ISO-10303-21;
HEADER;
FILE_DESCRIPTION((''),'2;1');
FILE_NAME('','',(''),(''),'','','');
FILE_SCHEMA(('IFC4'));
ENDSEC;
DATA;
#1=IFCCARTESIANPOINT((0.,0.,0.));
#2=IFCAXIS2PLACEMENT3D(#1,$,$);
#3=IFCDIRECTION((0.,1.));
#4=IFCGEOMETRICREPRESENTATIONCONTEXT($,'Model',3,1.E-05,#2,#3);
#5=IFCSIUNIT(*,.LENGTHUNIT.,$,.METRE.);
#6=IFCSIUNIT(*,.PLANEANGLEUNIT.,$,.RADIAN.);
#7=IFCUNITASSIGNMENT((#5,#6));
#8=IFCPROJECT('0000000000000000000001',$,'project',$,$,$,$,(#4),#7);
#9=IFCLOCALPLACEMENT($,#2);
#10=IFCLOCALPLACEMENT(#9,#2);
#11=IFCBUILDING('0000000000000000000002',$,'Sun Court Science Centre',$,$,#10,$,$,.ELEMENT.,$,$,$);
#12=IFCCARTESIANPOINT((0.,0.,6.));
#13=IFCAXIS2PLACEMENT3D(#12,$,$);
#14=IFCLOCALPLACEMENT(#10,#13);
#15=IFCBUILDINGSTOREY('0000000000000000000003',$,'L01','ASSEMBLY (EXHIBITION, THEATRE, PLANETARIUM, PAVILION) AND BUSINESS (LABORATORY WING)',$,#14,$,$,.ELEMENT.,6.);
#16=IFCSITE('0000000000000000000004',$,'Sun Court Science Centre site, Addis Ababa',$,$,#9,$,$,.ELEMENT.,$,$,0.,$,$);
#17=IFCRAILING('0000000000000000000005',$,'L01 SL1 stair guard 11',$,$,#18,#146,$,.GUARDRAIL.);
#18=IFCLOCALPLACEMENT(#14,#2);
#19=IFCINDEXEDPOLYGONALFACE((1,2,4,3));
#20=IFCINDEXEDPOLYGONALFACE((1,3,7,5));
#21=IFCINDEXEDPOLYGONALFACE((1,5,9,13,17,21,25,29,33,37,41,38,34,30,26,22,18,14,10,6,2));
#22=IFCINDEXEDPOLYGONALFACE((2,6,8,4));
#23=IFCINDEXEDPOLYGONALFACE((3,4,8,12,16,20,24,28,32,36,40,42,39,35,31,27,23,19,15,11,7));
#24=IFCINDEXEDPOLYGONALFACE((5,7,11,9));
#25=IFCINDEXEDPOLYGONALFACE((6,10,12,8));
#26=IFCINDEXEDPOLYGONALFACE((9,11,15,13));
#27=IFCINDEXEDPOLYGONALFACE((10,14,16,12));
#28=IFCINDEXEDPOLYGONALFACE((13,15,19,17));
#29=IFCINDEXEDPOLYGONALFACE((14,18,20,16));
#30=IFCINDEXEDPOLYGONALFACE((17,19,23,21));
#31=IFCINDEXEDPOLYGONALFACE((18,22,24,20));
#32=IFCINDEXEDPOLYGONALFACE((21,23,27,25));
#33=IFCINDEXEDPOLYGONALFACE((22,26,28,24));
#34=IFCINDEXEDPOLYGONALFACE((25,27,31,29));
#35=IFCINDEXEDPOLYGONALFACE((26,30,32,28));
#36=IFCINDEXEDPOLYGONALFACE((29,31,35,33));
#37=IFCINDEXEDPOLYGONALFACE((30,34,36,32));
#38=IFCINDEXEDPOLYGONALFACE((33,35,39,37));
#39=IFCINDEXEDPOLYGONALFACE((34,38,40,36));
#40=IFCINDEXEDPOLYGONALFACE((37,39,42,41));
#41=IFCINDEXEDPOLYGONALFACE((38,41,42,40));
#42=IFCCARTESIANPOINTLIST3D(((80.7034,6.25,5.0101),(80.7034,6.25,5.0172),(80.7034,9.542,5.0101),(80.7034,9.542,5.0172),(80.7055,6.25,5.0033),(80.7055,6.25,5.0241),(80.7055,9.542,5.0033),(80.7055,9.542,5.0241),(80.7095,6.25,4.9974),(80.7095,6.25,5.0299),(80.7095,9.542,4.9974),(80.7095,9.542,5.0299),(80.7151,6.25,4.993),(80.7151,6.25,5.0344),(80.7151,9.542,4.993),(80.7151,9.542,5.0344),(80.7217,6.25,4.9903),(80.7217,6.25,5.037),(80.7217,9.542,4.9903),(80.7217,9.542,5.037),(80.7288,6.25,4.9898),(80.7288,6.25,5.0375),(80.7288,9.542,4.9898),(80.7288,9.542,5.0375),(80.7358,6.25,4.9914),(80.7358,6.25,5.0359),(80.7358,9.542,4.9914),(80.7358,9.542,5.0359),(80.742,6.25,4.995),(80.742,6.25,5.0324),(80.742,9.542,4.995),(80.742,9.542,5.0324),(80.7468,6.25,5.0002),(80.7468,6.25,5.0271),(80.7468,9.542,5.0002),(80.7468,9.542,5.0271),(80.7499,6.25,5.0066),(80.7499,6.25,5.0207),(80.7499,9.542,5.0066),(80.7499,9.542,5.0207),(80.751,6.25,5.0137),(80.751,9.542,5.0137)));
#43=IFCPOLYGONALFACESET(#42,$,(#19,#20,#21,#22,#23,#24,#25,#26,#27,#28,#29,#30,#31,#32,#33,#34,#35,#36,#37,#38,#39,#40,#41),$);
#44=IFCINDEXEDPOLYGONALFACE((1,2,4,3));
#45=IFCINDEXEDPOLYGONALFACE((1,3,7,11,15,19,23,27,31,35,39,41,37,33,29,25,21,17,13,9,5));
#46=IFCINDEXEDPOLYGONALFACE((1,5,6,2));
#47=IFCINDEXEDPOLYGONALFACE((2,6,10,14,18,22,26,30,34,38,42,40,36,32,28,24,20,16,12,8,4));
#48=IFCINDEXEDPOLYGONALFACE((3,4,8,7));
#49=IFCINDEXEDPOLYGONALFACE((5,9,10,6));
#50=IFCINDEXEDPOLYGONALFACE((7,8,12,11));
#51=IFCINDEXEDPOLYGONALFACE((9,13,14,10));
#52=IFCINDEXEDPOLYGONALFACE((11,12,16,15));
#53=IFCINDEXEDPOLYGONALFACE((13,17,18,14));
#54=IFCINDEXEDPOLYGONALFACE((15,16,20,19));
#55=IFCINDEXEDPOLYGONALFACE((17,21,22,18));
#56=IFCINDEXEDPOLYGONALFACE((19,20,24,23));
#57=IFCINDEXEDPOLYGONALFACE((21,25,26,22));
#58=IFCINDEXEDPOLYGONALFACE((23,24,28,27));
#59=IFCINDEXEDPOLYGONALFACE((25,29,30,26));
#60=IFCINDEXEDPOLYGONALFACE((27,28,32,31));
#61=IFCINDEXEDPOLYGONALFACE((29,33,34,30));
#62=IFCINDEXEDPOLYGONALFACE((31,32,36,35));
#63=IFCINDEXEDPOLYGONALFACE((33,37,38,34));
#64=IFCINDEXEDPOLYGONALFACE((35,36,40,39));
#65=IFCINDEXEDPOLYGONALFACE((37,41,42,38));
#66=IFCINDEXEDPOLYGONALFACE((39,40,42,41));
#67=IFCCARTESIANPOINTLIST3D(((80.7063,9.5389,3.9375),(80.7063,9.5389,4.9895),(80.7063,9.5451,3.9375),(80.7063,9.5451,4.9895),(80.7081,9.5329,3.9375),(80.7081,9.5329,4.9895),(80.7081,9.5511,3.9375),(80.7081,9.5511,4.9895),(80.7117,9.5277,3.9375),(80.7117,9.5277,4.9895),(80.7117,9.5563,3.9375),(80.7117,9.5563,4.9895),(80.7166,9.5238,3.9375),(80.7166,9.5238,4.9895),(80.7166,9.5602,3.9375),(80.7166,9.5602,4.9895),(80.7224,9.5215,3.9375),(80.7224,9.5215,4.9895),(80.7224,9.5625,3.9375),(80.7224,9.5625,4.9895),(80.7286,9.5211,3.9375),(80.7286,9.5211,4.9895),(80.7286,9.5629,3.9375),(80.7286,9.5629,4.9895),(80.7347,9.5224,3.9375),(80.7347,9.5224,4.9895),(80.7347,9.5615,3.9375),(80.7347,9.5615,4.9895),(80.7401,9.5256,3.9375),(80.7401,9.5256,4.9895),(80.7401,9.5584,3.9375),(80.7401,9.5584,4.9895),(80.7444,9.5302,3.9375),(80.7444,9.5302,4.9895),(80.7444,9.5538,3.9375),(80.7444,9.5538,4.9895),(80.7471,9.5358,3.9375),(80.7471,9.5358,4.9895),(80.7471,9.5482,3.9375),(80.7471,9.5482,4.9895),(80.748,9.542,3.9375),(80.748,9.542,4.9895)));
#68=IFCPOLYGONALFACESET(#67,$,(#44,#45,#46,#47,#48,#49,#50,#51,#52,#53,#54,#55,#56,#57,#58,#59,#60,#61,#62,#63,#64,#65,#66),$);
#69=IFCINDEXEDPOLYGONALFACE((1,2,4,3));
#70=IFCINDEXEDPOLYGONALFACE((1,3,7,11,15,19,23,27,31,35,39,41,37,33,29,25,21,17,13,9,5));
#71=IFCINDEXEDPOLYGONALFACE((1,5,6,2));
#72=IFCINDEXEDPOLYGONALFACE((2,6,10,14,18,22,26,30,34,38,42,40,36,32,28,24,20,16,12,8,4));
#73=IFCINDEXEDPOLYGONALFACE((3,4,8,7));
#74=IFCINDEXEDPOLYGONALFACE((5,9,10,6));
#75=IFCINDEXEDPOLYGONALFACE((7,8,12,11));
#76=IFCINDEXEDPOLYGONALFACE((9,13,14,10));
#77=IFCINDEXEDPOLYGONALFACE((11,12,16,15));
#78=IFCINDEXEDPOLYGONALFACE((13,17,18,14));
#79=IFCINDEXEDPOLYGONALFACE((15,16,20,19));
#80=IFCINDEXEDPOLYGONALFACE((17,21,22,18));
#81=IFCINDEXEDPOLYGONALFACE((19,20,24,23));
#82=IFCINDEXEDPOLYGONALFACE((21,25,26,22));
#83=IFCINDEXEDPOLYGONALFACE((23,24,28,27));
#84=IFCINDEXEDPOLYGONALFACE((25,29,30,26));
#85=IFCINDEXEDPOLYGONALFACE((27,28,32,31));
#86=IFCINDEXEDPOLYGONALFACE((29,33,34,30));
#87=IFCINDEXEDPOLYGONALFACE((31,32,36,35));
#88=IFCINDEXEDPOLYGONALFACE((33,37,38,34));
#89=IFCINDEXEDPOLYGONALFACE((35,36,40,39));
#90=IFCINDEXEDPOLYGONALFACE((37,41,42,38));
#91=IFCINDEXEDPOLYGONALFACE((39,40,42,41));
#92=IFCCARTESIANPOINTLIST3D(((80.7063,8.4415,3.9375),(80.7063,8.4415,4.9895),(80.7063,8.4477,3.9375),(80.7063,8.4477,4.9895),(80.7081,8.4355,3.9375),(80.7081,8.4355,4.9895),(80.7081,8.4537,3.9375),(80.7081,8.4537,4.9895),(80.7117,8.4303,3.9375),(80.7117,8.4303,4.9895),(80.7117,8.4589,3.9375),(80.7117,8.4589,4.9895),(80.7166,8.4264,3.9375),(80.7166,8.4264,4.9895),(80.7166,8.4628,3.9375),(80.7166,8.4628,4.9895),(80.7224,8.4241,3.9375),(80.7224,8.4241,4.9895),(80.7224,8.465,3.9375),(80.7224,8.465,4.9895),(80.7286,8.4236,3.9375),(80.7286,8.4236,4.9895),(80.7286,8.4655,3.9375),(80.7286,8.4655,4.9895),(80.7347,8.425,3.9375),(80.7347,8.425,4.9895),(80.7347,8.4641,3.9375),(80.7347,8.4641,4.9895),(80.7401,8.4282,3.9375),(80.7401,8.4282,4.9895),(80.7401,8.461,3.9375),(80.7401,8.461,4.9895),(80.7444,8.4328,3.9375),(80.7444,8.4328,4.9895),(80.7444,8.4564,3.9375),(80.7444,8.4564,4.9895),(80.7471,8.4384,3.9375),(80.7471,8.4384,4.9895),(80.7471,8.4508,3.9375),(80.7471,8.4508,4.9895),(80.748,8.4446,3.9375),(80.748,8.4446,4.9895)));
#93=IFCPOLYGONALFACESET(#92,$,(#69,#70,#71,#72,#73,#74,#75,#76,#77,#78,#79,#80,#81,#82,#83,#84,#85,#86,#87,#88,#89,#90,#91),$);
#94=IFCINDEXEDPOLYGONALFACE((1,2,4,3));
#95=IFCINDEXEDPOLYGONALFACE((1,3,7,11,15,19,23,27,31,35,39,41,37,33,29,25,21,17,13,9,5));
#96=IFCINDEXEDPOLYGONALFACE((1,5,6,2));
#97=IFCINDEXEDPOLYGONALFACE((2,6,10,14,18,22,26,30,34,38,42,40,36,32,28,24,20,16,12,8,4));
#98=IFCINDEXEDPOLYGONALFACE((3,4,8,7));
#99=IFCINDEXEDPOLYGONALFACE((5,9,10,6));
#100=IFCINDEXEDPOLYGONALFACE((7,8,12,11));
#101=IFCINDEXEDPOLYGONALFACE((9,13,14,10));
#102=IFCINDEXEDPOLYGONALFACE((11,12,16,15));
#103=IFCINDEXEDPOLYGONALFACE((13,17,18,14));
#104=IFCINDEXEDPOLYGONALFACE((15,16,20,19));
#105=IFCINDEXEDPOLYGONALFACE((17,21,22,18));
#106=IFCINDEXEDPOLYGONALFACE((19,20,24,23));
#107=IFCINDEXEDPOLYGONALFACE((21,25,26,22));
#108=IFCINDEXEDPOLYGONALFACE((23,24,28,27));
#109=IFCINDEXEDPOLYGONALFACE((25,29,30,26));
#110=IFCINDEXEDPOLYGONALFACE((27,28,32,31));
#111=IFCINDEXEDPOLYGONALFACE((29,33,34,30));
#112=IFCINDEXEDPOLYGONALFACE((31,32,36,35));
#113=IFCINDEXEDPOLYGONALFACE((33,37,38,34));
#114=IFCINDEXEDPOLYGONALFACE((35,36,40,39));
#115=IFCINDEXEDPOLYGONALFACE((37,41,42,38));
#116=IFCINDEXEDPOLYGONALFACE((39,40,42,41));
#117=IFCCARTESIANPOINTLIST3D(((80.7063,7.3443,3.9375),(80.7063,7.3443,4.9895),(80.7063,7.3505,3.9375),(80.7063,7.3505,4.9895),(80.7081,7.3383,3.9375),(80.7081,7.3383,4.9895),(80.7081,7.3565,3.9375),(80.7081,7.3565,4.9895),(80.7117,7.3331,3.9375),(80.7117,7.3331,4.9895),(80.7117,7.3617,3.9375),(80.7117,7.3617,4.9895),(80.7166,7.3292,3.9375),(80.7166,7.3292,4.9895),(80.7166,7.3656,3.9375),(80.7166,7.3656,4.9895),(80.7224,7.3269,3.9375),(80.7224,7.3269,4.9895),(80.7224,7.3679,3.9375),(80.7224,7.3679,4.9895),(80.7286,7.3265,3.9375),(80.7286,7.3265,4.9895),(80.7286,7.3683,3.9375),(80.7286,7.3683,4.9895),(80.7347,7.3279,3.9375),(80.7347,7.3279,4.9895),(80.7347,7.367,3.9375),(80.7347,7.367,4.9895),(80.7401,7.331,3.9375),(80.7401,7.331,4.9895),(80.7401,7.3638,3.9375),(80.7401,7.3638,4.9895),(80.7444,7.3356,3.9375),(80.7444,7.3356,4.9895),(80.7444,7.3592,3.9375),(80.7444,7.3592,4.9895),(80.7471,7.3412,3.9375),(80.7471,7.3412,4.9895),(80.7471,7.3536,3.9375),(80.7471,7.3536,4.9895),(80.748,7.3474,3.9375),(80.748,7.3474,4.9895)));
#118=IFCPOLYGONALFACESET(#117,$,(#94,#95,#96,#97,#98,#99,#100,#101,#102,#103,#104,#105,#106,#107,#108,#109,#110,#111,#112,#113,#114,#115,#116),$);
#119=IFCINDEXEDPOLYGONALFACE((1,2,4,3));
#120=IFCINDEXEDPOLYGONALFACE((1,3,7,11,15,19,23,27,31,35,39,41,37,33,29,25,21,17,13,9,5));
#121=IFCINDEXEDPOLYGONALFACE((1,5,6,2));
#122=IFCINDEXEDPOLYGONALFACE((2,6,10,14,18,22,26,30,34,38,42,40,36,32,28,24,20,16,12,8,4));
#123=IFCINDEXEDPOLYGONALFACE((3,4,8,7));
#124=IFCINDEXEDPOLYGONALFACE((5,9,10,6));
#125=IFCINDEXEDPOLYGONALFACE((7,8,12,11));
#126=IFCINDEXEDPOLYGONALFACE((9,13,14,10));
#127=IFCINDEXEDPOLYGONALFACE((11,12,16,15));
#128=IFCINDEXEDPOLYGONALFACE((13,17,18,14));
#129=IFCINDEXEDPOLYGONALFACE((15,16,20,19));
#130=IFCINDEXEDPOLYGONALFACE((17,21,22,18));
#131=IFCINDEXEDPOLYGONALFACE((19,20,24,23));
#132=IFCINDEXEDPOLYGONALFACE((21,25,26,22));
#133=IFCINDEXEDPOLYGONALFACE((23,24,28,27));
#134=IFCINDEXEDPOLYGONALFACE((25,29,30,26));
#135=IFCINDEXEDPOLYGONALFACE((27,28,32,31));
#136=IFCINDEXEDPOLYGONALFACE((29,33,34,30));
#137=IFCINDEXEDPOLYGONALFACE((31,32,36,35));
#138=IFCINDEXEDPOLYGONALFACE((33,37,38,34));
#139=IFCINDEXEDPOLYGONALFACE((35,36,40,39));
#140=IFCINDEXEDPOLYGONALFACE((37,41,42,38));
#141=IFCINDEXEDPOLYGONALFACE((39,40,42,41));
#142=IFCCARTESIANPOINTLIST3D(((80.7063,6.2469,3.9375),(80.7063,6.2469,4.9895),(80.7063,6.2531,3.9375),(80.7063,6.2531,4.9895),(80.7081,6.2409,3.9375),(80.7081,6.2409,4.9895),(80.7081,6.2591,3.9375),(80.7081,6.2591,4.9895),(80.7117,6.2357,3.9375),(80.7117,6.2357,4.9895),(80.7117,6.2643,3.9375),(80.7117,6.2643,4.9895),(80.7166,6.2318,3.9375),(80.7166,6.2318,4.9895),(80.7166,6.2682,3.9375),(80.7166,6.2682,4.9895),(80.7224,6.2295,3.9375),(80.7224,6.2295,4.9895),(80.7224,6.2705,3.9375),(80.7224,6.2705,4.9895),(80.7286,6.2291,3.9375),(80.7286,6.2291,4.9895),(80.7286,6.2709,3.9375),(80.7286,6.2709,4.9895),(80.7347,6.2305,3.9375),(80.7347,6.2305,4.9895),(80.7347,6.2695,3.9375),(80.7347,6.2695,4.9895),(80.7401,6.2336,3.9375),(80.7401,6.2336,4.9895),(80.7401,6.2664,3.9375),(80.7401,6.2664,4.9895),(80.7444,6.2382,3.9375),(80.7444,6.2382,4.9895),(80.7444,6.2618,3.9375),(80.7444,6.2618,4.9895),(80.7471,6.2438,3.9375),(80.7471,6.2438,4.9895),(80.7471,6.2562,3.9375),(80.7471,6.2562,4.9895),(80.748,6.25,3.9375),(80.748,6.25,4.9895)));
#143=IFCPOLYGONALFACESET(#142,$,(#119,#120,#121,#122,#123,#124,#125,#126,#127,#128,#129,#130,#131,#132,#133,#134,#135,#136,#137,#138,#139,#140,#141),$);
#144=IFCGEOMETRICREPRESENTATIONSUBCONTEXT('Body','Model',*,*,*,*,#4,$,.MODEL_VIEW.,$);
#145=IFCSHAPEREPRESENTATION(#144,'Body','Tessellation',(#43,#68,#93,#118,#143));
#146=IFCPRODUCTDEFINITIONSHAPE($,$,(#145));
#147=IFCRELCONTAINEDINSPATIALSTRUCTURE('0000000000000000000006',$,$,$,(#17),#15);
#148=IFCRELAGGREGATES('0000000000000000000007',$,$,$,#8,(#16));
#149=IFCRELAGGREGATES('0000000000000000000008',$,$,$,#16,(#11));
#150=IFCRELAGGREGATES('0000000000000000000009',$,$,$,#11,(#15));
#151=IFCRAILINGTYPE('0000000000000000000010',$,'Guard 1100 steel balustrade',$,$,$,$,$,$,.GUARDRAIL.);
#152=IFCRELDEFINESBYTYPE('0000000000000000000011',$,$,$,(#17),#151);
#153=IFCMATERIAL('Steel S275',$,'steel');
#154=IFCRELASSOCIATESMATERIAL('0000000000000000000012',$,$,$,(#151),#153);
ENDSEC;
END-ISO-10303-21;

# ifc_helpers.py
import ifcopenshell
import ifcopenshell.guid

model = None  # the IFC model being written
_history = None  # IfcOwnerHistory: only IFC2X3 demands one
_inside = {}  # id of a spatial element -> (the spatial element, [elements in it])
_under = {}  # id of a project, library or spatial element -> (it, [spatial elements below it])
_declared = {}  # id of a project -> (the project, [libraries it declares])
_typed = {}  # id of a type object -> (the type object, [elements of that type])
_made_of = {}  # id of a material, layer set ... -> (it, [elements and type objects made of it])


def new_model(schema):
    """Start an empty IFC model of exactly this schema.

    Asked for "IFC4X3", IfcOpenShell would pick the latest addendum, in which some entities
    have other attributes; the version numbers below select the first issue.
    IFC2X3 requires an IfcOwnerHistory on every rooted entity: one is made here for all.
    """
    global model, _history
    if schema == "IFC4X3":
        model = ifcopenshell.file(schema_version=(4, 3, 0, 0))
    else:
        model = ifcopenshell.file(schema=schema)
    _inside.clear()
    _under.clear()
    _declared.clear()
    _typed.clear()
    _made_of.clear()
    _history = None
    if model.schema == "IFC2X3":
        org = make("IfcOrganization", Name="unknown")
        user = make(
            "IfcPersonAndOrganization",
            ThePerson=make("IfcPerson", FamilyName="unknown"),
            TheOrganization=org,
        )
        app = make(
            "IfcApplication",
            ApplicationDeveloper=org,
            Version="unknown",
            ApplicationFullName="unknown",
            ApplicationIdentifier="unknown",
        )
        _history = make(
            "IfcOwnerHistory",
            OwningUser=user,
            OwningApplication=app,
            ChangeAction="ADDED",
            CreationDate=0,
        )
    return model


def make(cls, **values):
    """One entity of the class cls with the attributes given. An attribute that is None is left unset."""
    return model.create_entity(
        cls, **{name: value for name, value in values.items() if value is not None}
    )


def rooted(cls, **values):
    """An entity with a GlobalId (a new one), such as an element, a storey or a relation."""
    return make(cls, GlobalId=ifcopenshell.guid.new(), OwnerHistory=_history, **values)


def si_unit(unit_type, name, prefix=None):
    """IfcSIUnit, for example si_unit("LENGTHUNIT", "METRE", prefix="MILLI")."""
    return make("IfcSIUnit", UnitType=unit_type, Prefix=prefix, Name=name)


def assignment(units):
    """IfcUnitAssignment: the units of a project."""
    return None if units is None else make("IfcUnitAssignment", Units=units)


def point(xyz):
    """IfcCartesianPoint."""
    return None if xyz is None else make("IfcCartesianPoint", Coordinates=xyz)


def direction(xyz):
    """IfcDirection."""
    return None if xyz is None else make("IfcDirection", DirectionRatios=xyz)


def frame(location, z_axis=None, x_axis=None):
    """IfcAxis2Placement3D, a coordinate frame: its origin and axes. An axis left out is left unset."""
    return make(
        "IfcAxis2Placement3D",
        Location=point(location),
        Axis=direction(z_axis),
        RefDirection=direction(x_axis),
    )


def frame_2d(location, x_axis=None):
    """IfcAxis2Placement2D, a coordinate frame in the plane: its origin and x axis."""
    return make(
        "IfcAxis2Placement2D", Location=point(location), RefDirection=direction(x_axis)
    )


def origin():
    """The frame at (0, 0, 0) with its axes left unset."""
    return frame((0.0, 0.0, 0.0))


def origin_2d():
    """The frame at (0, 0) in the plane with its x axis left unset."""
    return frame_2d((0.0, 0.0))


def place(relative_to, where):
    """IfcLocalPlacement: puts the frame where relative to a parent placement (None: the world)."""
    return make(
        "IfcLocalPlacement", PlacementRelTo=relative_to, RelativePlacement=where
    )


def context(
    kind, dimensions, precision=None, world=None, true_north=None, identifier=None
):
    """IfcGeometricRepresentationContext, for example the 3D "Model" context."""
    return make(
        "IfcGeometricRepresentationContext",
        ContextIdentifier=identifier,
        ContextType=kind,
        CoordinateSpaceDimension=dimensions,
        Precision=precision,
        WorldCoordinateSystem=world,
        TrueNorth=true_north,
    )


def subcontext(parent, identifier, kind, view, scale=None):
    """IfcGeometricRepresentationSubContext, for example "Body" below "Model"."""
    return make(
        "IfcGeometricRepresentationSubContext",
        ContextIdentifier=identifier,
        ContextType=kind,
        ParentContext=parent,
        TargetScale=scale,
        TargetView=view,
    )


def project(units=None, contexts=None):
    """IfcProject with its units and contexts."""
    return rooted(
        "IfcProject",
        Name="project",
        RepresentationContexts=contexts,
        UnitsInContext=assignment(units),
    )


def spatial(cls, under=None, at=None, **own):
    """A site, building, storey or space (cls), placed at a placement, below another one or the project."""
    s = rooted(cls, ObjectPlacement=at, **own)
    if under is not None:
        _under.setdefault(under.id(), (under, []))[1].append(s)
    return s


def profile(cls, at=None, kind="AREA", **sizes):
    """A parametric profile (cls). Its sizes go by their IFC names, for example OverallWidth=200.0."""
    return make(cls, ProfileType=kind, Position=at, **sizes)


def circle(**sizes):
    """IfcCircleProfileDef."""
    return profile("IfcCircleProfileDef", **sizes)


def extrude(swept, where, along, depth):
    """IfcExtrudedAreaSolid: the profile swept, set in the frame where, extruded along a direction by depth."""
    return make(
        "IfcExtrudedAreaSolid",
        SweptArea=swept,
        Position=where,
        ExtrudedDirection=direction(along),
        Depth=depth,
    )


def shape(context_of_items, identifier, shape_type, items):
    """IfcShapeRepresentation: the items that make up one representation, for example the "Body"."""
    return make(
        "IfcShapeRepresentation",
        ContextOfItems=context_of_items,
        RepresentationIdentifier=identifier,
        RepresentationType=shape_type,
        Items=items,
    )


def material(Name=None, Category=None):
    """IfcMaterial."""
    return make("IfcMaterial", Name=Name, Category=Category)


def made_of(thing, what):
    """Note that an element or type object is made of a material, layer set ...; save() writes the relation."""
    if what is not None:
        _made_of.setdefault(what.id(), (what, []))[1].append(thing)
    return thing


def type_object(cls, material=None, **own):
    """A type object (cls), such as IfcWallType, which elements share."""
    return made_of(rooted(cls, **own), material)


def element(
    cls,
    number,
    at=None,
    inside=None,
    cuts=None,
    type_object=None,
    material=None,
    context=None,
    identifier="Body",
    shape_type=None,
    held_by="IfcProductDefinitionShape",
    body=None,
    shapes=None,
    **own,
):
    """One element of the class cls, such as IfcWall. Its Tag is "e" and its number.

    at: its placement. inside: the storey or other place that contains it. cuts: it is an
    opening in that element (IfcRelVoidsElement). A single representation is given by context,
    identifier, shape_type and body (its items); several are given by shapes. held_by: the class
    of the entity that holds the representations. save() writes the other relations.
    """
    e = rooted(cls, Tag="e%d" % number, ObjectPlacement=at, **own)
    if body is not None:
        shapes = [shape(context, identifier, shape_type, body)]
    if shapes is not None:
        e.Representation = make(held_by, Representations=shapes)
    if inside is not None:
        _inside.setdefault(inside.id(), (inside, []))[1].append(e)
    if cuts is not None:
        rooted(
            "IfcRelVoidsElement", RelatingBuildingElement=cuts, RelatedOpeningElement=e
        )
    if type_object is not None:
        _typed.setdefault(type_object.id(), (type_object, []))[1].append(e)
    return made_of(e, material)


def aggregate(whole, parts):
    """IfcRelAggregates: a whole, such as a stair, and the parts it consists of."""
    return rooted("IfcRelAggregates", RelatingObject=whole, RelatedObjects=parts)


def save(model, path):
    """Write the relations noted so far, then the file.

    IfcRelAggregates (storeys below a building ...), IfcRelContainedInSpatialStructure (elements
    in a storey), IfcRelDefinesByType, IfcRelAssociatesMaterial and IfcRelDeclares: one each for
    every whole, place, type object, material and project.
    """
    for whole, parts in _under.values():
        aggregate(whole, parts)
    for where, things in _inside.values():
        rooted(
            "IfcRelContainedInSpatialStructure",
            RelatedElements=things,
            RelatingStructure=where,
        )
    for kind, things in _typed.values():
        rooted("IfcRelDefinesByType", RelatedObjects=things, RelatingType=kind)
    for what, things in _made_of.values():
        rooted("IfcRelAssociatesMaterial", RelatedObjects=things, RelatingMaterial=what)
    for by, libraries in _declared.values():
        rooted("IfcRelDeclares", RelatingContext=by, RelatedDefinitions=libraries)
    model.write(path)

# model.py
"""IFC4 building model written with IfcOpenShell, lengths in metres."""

from ifc_helpers import new_model, si_unit, direction, frame, origin, origin_2d, place, context, subcontext, project, spatial, circle, extrude, material, type_object, element, save


model = new_model("IFC4")

# Units and contexts
model_context = context("Model", 3, precision=1e-05, world=origin(), true_north=direction((0.0, 1.0)))
body_context = subcontext(model_context, "Body", "Model", "MODEL_VIEW")
ifc_project = project(units=[si_unit("LENGTHUNIT", "METRE"), si_unit("PLANEANGLEUNIT", "RADIAN")], contexts=[model_context])

# Site, building, storey
site_placement = place(None, origin())
site = spatial("IfcSite", under=ifc_project, at=site_placement, Name="Sun Court Science Centre site, Addis Ababa", CompositionType="ELEMENT", RefElevation=0.0)
building_placement = place(site_placement, origin())
building = spatial("IfcBuilding", under=site, at=building_placement, Name="Sun Court Science Centre", CompositionType="ELEMENT")
storey_placement = place(building_placement, frame((0.0, 0.0, 6.0)))
storey = spatial("IfcBuildingStorey", under=building, at=storey_placement, Name="L01", Description="ASSEMBLY (EXHIBITION, THEATRE, PLANETARIUM, PAVILION) AND BUSINESS (LABORATORY WING)", CompositionType="ELEMENT", Elevation=6.0)

# Railing
ifc_material_1 = material(Name="Steel S275", Category="steel")
railing_type_1 = type_object("IfcRailingType", Name="Guard 1100 steel balustrade", PredefinedType="GUARDRAIL", material=ifc_material_1)
railing_1_placement = place(storey_placement, frame((80.7271, 9.542, 3.9375)))
element("IfcRailing", 1, at=railing_1_placement, inside=storey, type_object=railing_type_1, Name="L01 SL1 stair guard 11", PredefinedType="GUARDRAIL", context=body_context, shape_type="SweptSolid", body=[
    extrude(circle(Radius=0.0239, at=origin_2d()), frame((0.0, 0.0, 1.0762), z_axis=(0.0, -1.0, 0.0), x_axis=(1.0, 0.0, 0.0)), (0.0, 0.0, 1.0), 3.292),
    extrude(circle(Radius=0.021, at=origin_2d()), origin(), (0.0, 0.0, 1.0), 1.052),
    extrude(circle(Radius=0.021, at=origin_2d()), frame((0.0, -1.0974, 0.0)), (0.0, 0.0, 1.0), 1.052),
    extrude(circle(Radius=0.021, at=origin_2d()), frame((0.0, -2.1946, 0.0)), (0.0, 0.0, 1.0), 1.052),
    extrude(circle(Radius=0.021, at=origin_2d()), frame((0.0, -3.292, 0.0)), (0.0, 0.0, 1.0), 1.052),
])

save(model, "model.ifc")
